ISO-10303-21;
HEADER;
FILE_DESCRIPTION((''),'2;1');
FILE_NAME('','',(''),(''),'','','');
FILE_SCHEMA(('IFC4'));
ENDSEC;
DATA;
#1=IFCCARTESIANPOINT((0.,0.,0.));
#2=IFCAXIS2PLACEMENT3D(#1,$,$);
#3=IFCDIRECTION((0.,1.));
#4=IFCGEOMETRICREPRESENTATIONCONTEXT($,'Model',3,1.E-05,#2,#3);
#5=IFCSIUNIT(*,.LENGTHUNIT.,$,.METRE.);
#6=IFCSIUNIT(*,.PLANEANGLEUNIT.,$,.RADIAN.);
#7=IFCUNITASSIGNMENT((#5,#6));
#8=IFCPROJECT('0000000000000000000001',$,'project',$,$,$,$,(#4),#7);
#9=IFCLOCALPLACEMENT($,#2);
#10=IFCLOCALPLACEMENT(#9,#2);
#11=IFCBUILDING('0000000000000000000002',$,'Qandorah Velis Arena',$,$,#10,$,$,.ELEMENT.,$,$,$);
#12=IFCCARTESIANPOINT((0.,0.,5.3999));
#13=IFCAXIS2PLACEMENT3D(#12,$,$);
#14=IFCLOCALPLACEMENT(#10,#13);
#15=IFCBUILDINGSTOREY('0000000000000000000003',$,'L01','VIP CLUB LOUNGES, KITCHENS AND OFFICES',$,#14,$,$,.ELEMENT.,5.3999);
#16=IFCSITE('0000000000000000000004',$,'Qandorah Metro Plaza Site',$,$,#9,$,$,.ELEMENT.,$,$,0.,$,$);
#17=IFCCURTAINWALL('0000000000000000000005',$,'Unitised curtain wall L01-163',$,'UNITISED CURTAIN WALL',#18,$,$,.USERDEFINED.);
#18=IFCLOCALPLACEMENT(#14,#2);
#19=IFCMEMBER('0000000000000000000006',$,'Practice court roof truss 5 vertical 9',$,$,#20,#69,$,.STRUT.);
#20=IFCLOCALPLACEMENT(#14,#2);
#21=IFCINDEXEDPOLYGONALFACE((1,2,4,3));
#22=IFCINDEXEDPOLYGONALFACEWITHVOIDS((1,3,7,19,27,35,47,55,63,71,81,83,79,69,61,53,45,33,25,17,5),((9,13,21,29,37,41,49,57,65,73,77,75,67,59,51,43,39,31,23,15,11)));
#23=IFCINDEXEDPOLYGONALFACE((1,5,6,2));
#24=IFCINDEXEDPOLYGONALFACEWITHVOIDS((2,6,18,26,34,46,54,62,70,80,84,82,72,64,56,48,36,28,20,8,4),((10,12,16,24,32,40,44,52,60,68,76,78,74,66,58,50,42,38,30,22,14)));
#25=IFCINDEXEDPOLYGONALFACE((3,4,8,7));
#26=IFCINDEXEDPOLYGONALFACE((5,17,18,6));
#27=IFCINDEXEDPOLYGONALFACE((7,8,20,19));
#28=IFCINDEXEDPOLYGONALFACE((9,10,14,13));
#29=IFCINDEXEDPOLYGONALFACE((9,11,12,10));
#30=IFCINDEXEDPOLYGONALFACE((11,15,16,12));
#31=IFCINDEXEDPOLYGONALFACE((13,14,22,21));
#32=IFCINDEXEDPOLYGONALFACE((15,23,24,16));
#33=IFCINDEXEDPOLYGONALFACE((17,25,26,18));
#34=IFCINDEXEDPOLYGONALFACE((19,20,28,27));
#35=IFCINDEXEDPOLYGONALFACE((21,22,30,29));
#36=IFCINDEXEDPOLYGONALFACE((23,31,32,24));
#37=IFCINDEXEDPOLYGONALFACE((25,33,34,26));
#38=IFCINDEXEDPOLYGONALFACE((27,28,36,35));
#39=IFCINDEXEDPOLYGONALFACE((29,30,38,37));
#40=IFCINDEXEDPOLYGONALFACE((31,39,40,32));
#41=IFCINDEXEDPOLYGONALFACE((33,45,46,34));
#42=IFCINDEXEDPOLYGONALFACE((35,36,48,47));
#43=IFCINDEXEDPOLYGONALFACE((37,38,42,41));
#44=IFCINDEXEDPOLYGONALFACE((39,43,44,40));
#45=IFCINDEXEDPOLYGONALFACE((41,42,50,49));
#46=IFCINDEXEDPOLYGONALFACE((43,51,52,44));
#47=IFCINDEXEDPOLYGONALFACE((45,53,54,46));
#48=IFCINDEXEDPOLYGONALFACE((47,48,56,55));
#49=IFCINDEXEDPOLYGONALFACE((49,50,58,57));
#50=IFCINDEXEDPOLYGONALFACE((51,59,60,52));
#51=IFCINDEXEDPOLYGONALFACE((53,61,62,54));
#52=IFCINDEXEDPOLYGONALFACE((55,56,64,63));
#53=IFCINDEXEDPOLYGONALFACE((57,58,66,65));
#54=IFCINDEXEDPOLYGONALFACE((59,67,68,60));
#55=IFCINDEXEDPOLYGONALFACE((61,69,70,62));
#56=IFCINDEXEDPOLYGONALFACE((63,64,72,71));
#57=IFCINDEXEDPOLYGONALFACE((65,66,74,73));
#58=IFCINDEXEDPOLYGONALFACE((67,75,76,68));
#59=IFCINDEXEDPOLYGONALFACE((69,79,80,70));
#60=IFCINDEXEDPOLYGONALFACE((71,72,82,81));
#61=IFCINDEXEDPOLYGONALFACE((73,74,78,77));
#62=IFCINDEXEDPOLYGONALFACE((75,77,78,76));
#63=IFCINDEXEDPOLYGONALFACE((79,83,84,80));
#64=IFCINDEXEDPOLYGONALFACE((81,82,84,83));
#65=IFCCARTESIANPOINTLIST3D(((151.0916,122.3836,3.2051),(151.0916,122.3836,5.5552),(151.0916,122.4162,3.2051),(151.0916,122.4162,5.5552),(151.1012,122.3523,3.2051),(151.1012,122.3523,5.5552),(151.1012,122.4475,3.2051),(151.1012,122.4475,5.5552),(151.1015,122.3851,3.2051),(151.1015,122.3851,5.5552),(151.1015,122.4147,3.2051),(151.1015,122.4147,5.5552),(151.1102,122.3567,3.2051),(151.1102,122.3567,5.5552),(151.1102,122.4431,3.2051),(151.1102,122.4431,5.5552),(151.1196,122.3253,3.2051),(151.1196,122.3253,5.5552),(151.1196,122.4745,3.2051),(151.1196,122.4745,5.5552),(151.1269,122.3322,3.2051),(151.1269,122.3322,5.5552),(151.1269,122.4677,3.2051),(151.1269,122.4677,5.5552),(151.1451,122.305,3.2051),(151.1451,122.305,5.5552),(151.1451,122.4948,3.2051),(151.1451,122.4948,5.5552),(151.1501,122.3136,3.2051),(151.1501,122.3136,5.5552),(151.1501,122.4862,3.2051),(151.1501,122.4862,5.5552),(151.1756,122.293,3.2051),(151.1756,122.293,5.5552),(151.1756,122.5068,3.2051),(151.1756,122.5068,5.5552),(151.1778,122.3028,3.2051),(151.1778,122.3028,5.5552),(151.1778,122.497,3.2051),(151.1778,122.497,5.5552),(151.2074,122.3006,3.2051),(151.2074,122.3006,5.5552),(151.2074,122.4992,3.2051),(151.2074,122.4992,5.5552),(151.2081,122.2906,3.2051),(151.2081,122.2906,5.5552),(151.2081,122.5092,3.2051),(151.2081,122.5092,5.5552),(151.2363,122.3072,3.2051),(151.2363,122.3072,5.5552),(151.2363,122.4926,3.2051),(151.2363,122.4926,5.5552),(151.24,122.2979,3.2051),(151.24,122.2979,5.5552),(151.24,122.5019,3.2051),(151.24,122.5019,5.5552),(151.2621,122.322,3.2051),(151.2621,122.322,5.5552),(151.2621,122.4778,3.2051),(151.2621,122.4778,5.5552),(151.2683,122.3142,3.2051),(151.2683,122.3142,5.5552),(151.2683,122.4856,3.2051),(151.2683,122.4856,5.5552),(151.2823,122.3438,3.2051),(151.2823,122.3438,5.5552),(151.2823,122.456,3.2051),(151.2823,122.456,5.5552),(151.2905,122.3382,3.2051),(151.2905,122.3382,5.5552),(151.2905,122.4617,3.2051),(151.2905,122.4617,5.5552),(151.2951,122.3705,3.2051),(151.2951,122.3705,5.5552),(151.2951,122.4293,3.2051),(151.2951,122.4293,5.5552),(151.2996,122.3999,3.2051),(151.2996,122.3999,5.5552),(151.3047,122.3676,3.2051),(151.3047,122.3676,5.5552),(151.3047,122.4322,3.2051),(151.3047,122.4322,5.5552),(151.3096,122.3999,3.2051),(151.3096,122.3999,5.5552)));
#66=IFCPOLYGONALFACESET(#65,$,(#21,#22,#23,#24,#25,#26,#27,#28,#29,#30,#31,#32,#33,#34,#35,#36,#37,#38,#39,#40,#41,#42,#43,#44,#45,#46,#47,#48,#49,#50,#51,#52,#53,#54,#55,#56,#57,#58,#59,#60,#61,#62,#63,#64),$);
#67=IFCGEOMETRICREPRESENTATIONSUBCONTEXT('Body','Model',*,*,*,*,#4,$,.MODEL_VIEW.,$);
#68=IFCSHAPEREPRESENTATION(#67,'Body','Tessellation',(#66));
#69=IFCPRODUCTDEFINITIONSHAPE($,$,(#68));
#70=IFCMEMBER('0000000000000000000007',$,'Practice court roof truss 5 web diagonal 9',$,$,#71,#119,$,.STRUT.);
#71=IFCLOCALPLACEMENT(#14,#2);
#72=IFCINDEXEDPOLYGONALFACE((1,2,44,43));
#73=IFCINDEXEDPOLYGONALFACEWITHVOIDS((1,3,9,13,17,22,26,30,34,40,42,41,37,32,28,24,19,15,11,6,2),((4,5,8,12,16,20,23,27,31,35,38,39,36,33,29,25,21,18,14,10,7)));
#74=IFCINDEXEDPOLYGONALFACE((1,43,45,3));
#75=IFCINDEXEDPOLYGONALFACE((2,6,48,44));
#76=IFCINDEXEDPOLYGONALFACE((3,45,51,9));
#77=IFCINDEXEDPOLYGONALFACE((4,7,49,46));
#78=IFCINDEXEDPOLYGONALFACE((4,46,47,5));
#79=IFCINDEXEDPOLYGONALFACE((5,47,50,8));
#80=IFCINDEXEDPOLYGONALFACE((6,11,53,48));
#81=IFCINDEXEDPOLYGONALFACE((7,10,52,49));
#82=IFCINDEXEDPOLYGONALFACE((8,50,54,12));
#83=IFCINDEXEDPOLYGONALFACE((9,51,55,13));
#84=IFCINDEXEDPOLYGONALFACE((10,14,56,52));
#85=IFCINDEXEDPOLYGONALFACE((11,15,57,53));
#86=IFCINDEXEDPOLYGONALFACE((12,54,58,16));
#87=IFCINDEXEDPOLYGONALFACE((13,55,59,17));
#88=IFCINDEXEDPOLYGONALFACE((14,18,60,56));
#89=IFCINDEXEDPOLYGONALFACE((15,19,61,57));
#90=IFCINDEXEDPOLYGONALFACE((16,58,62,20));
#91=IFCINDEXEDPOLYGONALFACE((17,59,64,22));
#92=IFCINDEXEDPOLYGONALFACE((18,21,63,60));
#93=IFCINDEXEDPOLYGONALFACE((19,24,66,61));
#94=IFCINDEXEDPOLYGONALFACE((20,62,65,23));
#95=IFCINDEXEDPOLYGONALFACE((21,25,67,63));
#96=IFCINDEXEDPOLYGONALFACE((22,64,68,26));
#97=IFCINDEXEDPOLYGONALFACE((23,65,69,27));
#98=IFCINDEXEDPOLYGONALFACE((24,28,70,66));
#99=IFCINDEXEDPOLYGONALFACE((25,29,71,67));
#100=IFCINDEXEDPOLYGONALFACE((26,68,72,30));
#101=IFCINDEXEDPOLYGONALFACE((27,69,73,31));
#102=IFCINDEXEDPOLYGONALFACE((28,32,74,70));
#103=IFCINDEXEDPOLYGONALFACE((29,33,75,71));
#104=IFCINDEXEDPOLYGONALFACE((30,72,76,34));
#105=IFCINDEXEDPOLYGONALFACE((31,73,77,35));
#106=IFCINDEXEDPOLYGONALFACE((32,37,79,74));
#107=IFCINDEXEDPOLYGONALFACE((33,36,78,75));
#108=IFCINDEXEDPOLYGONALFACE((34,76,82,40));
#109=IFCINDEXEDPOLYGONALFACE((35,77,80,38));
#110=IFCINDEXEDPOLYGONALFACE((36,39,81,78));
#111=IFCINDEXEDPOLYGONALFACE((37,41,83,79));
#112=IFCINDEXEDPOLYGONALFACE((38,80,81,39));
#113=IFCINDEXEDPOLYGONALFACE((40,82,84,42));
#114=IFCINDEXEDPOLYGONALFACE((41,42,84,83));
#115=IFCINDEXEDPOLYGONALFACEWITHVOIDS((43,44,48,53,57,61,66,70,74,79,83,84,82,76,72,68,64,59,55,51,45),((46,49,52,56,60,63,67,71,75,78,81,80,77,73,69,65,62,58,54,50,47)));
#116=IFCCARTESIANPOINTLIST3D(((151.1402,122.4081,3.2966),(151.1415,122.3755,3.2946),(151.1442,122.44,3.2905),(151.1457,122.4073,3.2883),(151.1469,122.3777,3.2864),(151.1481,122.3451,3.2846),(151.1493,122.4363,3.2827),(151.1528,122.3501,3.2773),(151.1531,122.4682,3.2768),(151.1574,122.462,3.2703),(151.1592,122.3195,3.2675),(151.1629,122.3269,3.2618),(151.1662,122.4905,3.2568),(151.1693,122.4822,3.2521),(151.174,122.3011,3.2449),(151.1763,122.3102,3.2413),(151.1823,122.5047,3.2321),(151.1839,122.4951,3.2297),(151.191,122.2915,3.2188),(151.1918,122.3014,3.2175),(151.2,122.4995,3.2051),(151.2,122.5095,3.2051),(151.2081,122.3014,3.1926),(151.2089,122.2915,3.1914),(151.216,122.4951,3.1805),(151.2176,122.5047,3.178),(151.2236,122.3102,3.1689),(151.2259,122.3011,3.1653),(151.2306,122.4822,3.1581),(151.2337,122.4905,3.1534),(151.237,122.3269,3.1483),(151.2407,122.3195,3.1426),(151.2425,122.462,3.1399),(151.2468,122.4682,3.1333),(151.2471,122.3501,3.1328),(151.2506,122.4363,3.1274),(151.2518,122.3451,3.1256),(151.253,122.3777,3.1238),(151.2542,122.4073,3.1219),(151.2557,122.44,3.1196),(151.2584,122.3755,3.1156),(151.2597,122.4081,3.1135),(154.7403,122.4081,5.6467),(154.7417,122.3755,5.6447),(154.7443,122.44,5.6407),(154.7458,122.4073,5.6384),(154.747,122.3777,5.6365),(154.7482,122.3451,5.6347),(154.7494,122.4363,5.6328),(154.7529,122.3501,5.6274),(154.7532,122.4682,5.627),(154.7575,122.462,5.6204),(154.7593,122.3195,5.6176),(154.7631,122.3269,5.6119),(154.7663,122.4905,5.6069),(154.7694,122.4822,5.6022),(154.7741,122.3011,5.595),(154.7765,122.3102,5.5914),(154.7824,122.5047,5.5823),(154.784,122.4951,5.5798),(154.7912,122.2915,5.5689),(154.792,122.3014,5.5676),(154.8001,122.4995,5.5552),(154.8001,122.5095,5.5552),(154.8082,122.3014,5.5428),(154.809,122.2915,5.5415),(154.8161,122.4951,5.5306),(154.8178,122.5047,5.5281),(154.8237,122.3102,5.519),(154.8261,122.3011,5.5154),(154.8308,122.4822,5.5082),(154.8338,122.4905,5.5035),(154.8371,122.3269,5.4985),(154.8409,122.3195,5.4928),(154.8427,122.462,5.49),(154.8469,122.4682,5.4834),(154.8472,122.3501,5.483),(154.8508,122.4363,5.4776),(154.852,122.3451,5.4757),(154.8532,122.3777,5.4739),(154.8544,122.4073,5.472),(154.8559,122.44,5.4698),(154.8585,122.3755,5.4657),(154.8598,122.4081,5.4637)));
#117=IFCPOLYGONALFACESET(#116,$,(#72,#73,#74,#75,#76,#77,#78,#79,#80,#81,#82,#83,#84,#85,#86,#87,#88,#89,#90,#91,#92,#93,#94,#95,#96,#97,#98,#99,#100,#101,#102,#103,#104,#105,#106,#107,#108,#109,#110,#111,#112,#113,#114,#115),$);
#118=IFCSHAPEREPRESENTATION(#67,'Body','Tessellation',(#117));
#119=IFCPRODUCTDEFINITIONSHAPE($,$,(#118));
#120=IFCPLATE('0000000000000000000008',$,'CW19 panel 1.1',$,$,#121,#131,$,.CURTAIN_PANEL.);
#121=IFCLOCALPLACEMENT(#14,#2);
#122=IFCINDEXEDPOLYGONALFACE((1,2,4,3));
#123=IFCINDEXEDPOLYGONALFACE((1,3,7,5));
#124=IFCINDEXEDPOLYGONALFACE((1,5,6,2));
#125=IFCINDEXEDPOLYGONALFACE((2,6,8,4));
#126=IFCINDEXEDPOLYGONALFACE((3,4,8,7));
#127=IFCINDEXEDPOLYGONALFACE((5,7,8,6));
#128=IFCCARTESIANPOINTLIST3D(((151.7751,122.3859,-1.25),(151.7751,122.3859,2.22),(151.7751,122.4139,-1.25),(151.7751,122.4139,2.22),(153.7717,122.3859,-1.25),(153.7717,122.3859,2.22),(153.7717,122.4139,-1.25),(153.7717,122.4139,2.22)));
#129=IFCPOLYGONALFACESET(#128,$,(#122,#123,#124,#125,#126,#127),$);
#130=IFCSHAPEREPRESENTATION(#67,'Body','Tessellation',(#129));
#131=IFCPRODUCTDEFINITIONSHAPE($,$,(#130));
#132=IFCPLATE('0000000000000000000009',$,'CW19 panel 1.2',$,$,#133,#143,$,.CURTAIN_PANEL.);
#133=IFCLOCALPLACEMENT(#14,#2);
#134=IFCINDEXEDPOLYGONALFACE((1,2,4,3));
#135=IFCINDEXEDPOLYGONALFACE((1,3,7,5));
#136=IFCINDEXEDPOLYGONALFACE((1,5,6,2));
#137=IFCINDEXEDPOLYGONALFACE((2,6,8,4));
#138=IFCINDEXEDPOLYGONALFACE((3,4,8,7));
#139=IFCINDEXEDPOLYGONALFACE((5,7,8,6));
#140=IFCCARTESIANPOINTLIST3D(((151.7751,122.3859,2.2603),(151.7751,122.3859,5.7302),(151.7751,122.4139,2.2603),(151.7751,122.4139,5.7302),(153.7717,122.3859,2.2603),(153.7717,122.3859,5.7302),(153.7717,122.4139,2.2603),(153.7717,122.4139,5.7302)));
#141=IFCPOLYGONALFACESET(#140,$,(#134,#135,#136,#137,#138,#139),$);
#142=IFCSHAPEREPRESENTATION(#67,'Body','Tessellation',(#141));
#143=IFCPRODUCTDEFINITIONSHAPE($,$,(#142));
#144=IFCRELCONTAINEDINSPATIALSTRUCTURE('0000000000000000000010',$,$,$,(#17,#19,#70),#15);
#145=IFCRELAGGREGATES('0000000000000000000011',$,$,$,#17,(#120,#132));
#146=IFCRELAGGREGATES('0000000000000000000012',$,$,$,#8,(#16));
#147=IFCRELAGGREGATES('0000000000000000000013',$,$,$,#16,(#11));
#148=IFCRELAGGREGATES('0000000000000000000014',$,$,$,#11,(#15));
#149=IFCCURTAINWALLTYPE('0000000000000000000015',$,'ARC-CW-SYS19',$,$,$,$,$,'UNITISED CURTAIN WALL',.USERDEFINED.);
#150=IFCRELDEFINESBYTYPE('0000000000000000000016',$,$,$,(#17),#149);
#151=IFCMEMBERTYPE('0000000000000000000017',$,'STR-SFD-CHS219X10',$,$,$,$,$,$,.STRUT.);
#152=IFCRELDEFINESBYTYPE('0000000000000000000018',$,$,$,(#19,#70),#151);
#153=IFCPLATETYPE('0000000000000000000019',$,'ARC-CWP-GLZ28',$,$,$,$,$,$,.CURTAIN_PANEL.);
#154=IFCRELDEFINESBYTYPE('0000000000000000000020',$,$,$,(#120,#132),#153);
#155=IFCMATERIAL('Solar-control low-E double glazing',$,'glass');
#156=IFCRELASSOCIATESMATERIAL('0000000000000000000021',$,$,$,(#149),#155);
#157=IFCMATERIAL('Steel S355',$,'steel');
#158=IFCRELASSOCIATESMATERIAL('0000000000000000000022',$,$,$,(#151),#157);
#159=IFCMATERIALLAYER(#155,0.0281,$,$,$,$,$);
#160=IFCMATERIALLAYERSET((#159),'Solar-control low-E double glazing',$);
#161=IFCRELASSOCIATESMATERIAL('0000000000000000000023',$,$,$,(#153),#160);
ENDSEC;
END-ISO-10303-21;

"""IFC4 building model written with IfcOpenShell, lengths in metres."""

from ifc_helpers import new_model, si_unit, direction, frame, origin, origin_2d, place, context, subcontext, project, spatial, rectangle, hollow_circle, extrude, material, layer, layer_set, material_profile, profile_set, type_object, element, aggregate, save


model = new_model("IFC4")

# Units and contexts
model_context = context("Model", 3, precision=1e-05, world=origin(), true_north=direction((0.0, 1.0)))
body_context = subcontext(model_context, "Body", "Model", "MODEL_VIEW")
ifc_project = project(units=[si_unit("LENGTHUNIT", "METRE"), si_unit("PLANEANGLEUNIT", "RADIAN")], contexts=[model_context])

# Site, building, storey
site_placement = place(None, origin())
site = spatial("IfcSite", under=ifc_project, at=site_placement, Name="Qandorah Metro Plaza Site", CompositionType="ELEMENT", RefElevation=0.0)
building_placement = place(site_placement, origin())
building = spatial("IfcBuilding", under=site, at=building_placement, Name="Qandorah Velis Arena", CompositionType="ELEMENT")
storey_placement = place(building_placement, frame((0.0, 0.0, 5.3999)))
storey = spatial("IfcBuildingStorey", under=building, at=storey_placement, Name="L01", Description="VIP CLUB LOUNGES, KITCHENS AND OFFICES", CompositionType="ELEMENT", Elevation=5.3999)

# Curtain wall
ifc_material_1 = material(Name="Solar-control low-E double glazing", Category="glass")
curtain_wall_type = type_object("IfcCurtainWallType", Name="ARC-CW-SYS19", ElementType="UNITISED CURTAIN WALL", PredefinedType="USERDEFINED", material=ifc_material_1)
curtain_wall_placement = place(storey_placement, origin())
curtain_wall = element("IfcCurtainWall", 1, at=curtain_wall_placement, inside=storey, type_object=curtain_wall_type, Name="Unitised curtain wall L01-163", ObjectType="UNITISED CURTAIN WALL", PredefinedType="USERDEFINED")

# Members
ifc_material_2 = material(Name="Steel S355", Category="steel")
ifc_material_profile_1 = material_profile(ifc_material_2, hollow_circle(Radius=0.1096, WallThickness=0.01, at=origin_2d()), Name="CHS 219.1x10")
ifc_profile_set_1 = profile_set([ifc_material_profile_1], Name="Steel S355")
member_type_1 = type_object("IfcMemberType", Name="STR-SFD-CHS219X10", PredefinedType="STRUT", material=ifc_profile_set_1)
member_1_placement = place(storey_placement, frame((151.2, 122.3999, 3.2051), z_axis=(0.0, 0.0, 1.0), x_axis=(1.0, 0.0, 0.0)))
element("IfcMember", 2, at=member_1_placement, inside=storey, type_object=member_type_1, Name="Practice court roof truss 5 vertical 9", PredefinedType="STRUT", context=body_context, shape_type="SweptSolid", body=[
    extrude(hollow_circle(Radius=0.1096, WallThickness=0.01, at=origin_2d()), origin(), (0.0, 0.0, 1.0), 2.3501),
])
member_2_placement = place(storey_placement, frame((151.2, 122.3999, 3.2051), z_axis=(0.837376, 0.0, 0.546628), x_axis=(0.0, 1.0, 0.0)))
element("IfcMember", 3, at=member_2_placement, inside=storey, type_object=member_type_1, Name="Practice court roof truss 5 web diagonal 9", PredefinedType="STRUT", context=body_context, shape_type="SweptSolid", body=[
    extrude(hollow_circle(Radius=0.1096, WallThickness=0.01, at=origin_2d()), origin(), (0.0, 0.0, 1.0), 4.2993),
])

# Plates
ifc_layer = layer(ifc_material_1, 0.0281)
ifc_layer_set = layer_set([ifc_layer], Name="Solar-control low-E double glazing")
plate_type = type_object("IfcPlateType", Name="ARC-CWP-GLZ28", PredefinedType="CURTAIN_PANEL", material=ifc_layer_set)
plate_1_placement = place(storey_placement, frame((152.7734, 122.3999, -1.25), z_axis=(0.0, 0.0, 1.0), x_axis=(1.0, 0.0, 0.0)))
plate_1 = element("IfcPlate", 4, at=plate_1_placement, type_object=plate_type, Name="CW19 panel 1.1", PredefinedType="CURTAIN_PANEL", context=body_context, shape_type="SweptSolid", body=[
    extrude(rectangle(XDim=1.9966, YDim=0.0281, at=origin_2d()), origin(), (0.0, 0.0, 1.0), 3.47),
])
plate_2_placement = place(storey_placement, frame((152.7734, 122.3999, 2.2603), z_axis=(0.0, 0.0, 1.0), x_axis=(1.0, 0.0, 0.0)))
plate_2 = element("IfcPlate", 5, at=plate_2_placement, type_object=plate_type, Name="CW19 panel 1.2", PredefinedType="CURTAIN_PANEL", context=body_context, shape_type="SweptSolid", body=[
    extrude(rectangle(XDim=1.9966, YDim=0.0281, at=origin_2d()), origin(), (0.0, 0.0, 1.0), 3.47),
])
aggregate(curtain_wall, [plate_1, plate_2])

save(model, "model.ifc")
